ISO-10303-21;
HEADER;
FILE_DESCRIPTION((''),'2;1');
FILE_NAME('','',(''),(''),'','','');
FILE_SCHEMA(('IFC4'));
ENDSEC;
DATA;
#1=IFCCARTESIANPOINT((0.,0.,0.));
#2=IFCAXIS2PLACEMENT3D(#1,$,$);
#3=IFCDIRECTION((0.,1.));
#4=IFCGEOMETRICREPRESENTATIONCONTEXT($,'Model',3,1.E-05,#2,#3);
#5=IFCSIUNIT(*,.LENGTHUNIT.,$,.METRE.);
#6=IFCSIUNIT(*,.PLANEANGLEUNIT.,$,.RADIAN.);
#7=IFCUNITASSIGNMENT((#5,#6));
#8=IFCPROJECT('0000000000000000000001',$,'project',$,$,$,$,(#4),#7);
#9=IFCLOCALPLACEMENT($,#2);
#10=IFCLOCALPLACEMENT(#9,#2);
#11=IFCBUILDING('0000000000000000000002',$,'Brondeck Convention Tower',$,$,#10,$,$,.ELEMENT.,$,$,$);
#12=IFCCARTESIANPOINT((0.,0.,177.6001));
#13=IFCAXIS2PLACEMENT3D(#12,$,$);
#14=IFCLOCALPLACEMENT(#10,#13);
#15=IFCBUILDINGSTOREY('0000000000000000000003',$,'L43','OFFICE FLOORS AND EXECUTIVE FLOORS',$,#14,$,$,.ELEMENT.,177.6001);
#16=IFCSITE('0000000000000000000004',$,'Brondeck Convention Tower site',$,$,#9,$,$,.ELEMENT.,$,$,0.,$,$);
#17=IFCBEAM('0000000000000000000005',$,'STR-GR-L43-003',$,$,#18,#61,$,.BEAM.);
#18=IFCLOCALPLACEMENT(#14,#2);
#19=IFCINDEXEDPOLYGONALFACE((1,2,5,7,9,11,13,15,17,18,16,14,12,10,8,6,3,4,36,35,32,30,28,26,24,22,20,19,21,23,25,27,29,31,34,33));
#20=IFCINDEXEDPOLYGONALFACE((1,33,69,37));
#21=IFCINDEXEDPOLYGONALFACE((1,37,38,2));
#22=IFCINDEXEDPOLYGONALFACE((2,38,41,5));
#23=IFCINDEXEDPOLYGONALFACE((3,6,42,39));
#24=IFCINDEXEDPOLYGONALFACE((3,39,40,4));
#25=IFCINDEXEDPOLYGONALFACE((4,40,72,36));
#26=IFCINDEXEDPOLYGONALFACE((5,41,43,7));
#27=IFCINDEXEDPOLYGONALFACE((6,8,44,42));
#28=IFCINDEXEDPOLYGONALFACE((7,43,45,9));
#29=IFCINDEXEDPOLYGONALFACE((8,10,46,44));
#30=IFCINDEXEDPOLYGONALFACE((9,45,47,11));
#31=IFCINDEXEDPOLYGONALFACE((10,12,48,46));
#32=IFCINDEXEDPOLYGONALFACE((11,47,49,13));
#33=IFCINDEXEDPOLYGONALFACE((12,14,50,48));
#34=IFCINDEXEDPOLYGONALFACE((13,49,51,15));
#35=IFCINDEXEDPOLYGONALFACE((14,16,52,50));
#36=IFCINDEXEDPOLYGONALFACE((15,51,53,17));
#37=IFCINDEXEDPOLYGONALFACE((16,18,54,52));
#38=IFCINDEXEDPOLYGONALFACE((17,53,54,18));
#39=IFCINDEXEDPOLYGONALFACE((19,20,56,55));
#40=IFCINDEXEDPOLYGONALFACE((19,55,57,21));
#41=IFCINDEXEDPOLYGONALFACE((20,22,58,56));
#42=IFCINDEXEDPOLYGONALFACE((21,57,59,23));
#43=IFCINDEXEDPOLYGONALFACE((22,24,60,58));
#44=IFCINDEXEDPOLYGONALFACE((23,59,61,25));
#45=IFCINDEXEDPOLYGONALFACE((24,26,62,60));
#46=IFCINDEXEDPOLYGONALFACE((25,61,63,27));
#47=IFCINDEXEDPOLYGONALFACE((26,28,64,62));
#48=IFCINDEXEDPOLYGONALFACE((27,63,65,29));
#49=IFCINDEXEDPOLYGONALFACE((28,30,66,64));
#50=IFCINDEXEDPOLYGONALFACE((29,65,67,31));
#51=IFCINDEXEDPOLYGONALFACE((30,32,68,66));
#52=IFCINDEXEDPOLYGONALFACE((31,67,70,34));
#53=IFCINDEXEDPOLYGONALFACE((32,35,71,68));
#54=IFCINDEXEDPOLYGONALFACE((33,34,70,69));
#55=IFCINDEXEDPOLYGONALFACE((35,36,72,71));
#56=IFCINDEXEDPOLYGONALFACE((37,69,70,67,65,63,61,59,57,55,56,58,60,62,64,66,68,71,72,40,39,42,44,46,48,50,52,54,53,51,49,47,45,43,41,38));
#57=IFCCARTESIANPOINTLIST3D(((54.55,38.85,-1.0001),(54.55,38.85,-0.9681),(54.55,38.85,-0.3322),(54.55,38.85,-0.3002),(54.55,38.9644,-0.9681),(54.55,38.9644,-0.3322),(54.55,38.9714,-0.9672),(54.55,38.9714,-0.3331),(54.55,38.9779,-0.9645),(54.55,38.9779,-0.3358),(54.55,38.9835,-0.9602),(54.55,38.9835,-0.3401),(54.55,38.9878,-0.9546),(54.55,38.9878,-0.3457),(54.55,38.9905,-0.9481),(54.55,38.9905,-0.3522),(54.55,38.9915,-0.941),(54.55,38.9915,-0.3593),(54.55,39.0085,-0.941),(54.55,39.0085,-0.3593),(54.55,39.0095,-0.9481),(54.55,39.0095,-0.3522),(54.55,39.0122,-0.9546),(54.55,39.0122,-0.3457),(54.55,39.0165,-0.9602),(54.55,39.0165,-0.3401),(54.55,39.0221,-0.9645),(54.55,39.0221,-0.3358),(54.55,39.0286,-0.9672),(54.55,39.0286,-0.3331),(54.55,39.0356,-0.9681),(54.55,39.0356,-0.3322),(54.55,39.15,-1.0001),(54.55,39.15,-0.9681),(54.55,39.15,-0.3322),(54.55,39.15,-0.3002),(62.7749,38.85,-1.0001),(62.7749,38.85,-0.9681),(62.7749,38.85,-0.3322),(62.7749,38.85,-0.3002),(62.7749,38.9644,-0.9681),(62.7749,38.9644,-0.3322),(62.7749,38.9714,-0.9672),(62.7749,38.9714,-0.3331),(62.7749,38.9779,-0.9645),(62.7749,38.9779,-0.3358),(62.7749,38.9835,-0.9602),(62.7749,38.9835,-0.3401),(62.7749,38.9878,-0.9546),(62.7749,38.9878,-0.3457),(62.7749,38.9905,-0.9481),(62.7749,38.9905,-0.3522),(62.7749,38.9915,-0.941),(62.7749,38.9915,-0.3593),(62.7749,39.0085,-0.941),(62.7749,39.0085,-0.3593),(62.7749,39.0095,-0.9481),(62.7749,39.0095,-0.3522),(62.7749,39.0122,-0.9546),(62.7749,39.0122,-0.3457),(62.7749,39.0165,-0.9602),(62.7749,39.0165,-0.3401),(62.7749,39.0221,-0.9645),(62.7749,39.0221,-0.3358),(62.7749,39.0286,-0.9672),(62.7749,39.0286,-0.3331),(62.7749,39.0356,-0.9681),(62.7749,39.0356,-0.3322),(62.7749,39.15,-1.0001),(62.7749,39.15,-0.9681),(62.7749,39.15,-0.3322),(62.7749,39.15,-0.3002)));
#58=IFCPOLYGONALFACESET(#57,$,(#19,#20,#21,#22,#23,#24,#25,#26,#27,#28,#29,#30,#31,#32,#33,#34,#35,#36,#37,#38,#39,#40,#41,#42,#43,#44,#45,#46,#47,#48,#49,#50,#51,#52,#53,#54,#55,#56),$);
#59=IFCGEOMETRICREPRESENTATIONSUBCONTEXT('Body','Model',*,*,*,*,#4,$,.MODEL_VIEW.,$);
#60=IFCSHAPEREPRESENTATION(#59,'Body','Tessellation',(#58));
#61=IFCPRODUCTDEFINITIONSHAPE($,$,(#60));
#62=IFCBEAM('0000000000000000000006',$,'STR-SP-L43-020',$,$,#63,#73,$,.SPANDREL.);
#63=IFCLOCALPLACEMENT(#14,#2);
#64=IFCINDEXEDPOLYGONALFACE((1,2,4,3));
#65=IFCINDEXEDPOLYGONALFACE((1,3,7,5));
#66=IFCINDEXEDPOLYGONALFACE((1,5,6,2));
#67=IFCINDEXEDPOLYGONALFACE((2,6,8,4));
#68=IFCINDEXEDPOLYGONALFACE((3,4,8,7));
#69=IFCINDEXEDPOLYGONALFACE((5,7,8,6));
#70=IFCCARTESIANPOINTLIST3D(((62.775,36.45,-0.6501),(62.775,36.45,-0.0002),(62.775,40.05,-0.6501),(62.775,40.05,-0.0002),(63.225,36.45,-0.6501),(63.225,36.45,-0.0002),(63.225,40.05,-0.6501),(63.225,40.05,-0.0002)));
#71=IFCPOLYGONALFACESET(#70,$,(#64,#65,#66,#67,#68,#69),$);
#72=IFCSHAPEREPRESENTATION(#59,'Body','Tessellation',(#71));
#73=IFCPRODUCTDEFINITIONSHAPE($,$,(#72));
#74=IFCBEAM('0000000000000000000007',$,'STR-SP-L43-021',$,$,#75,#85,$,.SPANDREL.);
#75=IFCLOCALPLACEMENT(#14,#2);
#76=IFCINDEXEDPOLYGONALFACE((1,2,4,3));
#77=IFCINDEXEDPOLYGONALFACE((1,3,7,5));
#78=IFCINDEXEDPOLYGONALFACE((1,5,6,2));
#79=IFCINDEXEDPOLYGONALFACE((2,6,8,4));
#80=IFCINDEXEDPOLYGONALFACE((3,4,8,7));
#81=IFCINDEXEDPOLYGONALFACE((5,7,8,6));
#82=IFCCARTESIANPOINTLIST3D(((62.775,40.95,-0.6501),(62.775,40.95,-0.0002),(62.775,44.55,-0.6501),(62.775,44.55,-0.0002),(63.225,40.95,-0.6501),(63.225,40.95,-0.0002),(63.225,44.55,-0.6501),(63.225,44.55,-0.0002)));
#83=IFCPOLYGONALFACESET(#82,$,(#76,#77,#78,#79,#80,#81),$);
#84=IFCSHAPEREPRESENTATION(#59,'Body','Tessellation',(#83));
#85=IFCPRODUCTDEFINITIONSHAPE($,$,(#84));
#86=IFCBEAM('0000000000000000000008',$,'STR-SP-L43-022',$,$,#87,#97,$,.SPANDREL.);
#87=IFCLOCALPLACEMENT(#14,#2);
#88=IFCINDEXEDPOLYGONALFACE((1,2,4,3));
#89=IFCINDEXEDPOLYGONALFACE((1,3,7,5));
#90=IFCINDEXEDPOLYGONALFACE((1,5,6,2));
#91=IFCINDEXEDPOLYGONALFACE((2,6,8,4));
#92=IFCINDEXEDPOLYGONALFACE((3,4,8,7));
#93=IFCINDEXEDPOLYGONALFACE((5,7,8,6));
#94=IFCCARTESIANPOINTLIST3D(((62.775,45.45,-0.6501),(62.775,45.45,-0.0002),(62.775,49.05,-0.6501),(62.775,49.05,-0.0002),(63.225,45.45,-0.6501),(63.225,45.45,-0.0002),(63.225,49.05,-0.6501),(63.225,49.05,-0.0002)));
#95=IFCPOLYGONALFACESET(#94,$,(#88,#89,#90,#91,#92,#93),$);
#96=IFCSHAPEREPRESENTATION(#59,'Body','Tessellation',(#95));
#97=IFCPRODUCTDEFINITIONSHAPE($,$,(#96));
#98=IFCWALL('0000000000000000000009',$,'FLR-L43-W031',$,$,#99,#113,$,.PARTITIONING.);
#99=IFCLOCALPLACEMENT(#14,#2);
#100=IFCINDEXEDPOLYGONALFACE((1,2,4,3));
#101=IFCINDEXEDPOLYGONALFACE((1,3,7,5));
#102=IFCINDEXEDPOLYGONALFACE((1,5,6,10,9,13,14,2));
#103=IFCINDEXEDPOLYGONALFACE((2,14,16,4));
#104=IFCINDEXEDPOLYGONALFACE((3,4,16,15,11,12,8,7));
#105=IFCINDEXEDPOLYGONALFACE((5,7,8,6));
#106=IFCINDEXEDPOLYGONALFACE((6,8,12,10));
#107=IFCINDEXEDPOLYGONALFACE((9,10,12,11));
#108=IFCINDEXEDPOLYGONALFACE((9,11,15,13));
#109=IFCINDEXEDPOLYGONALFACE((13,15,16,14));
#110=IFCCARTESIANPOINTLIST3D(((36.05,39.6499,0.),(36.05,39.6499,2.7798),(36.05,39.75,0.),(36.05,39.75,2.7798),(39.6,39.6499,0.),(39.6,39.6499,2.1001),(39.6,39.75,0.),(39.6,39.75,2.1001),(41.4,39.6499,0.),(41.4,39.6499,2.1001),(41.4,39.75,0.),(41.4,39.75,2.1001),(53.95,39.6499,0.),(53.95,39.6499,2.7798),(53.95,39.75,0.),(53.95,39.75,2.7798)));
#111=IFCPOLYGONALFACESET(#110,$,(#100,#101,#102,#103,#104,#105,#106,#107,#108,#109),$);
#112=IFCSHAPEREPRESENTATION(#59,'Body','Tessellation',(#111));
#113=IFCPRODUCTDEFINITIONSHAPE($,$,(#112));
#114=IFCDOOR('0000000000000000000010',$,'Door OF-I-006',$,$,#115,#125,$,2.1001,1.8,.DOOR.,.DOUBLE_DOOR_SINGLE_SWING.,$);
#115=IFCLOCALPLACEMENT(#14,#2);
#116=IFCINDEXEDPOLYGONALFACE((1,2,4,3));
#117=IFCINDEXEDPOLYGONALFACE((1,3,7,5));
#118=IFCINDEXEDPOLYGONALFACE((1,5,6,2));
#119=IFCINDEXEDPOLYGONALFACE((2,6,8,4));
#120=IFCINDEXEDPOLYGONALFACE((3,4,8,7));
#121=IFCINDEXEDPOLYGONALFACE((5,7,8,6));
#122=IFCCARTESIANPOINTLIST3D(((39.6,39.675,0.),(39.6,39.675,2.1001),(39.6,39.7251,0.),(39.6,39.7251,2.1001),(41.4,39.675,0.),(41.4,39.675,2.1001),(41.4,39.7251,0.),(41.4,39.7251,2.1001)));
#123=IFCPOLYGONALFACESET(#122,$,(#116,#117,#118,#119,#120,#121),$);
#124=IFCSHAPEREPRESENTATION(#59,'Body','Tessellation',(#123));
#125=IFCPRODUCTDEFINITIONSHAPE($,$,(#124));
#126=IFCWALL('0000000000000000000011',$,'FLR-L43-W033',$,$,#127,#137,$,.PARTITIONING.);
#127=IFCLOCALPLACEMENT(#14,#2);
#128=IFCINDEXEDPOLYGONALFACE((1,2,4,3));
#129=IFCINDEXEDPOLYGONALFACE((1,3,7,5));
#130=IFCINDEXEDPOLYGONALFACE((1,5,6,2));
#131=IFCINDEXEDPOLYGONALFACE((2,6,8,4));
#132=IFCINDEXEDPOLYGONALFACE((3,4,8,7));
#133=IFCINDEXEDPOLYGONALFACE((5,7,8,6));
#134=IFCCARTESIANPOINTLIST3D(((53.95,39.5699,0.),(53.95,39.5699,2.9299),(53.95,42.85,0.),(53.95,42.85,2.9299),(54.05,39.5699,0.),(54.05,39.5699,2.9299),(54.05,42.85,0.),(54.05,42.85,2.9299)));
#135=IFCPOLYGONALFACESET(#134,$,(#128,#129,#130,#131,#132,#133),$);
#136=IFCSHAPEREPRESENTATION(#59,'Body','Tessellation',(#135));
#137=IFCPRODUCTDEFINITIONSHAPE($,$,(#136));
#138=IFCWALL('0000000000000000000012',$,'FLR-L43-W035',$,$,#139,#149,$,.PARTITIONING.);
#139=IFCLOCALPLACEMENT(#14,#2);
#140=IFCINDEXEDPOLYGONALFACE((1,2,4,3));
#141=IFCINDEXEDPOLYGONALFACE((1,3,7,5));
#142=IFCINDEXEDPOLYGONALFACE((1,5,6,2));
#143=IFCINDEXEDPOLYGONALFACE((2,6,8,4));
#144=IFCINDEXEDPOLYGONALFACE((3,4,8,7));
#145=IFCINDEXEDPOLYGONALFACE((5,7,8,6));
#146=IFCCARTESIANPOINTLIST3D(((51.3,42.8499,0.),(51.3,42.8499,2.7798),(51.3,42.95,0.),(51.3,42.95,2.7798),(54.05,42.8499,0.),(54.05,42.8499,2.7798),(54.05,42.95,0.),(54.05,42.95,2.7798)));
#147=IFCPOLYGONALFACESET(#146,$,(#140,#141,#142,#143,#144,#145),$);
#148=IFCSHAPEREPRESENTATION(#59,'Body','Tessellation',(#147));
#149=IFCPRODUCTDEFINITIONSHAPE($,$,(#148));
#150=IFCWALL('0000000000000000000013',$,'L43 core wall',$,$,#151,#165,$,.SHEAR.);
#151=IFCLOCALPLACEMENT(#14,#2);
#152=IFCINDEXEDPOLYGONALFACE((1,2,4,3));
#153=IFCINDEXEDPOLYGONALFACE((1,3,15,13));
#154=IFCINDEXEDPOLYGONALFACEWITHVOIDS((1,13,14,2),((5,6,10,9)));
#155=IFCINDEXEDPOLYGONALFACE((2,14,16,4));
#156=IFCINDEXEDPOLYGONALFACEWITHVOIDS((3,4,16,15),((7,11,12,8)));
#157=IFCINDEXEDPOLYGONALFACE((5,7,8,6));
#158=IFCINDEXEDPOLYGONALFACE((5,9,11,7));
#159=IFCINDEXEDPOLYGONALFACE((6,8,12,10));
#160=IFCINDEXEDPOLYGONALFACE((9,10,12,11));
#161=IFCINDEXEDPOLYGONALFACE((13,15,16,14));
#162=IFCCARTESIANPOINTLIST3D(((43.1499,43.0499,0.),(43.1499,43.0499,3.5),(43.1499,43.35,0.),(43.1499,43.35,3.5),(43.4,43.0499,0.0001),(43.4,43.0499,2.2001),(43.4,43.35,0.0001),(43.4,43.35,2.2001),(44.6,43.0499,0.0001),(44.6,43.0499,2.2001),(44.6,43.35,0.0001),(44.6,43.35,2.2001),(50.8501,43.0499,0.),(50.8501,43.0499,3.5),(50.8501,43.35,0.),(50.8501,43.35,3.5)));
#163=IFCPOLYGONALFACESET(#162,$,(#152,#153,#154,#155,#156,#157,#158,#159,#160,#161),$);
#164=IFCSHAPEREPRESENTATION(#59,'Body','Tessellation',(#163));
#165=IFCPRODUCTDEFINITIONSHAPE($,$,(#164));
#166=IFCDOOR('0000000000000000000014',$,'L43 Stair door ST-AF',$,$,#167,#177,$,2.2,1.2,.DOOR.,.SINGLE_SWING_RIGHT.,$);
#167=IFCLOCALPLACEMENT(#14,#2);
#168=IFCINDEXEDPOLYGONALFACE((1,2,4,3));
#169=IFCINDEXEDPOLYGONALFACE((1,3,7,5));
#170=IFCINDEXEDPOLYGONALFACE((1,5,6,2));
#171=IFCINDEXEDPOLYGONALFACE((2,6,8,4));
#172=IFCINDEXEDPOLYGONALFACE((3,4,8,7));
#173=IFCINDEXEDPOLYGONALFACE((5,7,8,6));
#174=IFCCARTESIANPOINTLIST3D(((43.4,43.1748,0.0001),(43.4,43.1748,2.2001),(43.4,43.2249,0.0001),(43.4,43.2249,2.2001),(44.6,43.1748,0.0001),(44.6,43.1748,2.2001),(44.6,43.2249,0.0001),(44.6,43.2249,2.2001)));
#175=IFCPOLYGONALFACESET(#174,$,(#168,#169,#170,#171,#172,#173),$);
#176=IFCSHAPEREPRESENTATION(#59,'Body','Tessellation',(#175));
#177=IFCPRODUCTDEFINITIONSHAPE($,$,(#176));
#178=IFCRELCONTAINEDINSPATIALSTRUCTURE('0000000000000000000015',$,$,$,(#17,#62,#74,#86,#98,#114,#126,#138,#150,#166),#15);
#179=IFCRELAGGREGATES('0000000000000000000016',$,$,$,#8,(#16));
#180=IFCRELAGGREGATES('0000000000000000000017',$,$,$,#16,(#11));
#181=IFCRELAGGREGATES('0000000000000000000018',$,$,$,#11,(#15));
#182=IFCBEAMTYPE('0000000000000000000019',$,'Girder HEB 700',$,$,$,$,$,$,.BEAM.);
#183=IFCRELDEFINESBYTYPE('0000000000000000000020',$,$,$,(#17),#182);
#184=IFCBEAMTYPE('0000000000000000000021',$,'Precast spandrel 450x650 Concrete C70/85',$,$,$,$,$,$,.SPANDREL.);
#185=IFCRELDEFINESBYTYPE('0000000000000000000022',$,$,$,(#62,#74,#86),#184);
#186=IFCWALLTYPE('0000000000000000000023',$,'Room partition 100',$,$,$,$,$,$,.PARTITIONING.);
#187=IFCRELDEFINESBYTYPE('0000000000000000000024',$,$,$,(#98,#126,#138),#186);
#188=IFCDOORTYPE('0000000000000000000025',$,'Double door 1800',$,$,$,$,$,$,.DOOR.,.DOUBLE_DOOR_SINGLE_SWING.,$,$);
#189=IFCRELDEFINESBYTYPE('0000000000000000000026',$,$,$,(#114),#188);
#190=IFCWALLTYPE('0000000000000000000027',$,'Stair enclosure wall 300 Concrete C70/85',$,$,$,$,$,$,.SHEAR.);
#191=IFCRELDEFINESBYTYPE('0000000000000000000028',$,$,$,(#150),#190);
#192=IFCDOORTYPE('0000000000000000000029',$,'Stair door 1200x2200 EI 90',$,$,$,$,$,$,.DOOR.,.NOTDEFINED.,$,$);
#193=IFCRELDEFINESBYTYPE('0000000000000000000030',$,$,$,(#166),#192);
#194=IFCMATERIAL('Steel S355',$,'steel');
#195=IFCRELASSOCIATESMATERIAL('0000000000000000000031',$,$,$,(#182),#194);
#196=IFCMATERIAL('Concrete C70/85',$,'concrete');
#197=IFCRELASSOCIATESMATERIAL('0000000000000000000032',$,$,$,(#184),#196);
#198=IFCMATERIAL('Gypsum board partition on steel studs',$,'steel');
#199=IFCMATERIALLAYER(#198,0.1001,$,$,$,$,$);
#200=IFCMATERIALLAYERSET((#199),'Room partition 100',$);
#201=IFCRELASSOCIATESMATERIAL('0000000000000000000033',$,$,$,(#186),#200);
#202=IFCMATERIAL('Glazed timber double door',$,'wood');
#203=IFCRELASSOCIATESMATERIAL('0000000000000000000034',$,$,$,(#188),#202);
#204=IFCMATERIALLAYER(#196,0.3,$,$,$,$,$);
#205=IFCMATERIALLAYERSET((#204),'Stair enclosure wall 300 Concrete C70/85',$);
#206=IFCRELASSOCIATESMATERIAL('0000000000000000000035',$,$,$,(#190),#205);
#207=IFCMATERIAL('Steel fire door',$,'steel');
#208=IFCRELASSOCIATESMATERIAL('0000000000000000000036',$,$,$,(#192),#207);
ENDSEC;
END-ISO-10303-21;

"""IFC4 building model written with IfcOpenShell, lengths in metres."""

from ifc_helpers import new_model, si_unit, direction, frame, frame_2d, origin, origin_2d, place, context, subcontext, project, spatial, rectangle, i_section, extrude, material, layer, layer_set, material_profile, profile_set, type_object, element, fill, save


model = new_model("IFC4")

# Units and contexts
model_context = context("Model", 3, precision=1e-05, world=origin(), true_north=direction((0.0, 1.0)))
body_context = subcontext(model_context, "Body", "Model", "MODEL_VIEW")
ifc_project = project(units=[si_unit("LENGTHUNIT", "METRE"), si_unit("PLANEANGLEUNIT", "RADIAN")], contexts=[model_context])

# Site, building, storey
site_placement = place(None, origin())
site = spatial("IfcSite", under=ifc_project, at=site_placement, Name="Brondeck Convention Tower site", CompositionType="ELEMENT", RefElevation=0.0)
building_placement = place(site_placement, origin())
building = spatial("IfcBuilding", under=site, at=building_placement, Name="Brondeck Convention Tower", CompositionType="ELEMENT")
storey_placement = place(building_placement, frame((0.0, 0.0, 177.6001)))
storey = spatial("IfcBuildingStorey", under=building, at=storey_placement, Name="L43", Description="OFFICE FLOORS AND EXECUTIVE FLOORS", CompositionType="ELEMENT", Elevation=177.6001)

# Shared definitions
ifc_material_1 = material(Name="Concrete C70/85", Category="concrete")

# Beams
ifc_material_2 = material(Name="Steel S355", Category="steel")
ifc_material_profile_1 = material_profile(ifc_material_2, i_section(OverallWidth=0.3, OverallDepth=0.7, WebThickness=0.0171, FlangeThickness=0.032, FilletRadius=0.0271, at=origin_2d()), Name="HEB 700")
ifc_profile_set_1 = profile_set([ifc_material_profile_1], Name="Steel S355")
beam_type_1 = type_object("IfcBeamType", Name="Girder HEB 700", PredefinedType="BEAM", material=ifc_profile_set_1)
beam_1_placement = place(storey_placement, frame((54.55, 39.0, -0.6501), z_axis=(1.0, 0.0, 0.0), x_axis=(0.0, 1.0, 0.0)))
element("IfcBeam", 1, at=beam_1_placement, inside=storey, type_object=beam_type_1, Name="STR-GR-L43-003", PredefinedType="BEAM", context=body_context, shape_type="SweptSolid", body=[
    extrude(i_section(OverallWidth=0.3, OverallDepth=0.7, WebThickness=0.0171, FlangeThickness=0.032, FilletRadius=0.0271, at=origin_2d()), origin(), (0.0, 0.0, 1.0), 8.2249),
])
ifc_material_profile_2 = material_profile(ifc_material_1, rectangle(XDim=0.45, YDim=0.6499, at=origin_2d()), Name="Precast spandrel 450x650 Concrete C70/85")
ifc_profile_set_2 = profile_set([ifc_material_profile_2], Name="Concrete C70/85")
beam_type_2 = type_object("IfcBeamType", Name="Precast spandrel 450x650 Concrete C70/85", PredefinedType="SPANDREL", material=ifc_profile_set_2)
for number, where, z_axis, x_axis, name in (
    (2, (63.0, 36.45, -0.3252), (0.0, 1.0, 0.0), (-1.0, 0.0, 0.0), "STR-SP-L43-020"),
    (3, (63.0, 40.95, -0.3252), (0.0, 1.0, 0.0), (-1.0, 0.0, 0.0), "STR-SP-L43-021"),
    (4, (63.0, 45.45, -0.3252), (0.0, 1.0, 0.0), (-1.0, 0.0, 0.0), "STR-SP-L43-022"),
):
    element("IfcBeam", number, at=place(storey_placement, frame(where, z_axis=z_axis, x_axis=x_axis)), inside=storey, type_object=beam_type_2, Name=name, PredefinedType="SPANDREL", context=body_context, shape_type="SweptSolid", body=[
        extrude(rectangle(XDim=0.45, YDim=0.6499, at=origin_2d()), origin(), (0.0, 0.0, 1.0), 3.6001),
    ])

# Wall, opening, door
ifc_material_3 = material(Name="Gypsum board partition on steel studs", Category="steel")
ifc_layer_1 = layer(ifc_material_3, 0.1001)
ifc_layer_set_1 = layer_set([ifc_layer_1], Name="Room partition 100")
wall_type_1 = type_object("IfcWallType", Name="Room partition 100", PredefinedType="PARTITIONING", material=ifc_layer_set_1)
wall_1_placement = place(storey_placement, frame((53.95, 39.7, 0.0), z_axis=(0.0, 0.0, 1.0), x_axis=(-1.0, 0.0, 0.0)))
wall_1 = element("IfcWall", 5, at=wall_1_placement, inside=storey, type_object=wall_type_1, Name="FLR-L43-W031", PredefinedType="PARTITIONING", context=body_context, shape_type="SweptSolid", body=[
    extrude(rectangle(XDim=17.8999, YDim=0.1001, at=frame_2d((8.95, 0.0))), origin(), (0.0, 0.0, 1.0), 2.7798),
])
opening_1_placement = place(wall_1_placement, frame((12.55, 0.0, 0.0)))
opening_1 = element("IfcOpeningElement", 6, at=opening_1_placement, cuts=wall_1, PredefinedType="OPENING", context=body_context, shape_type="SweptSolid", body=[
    extrude(rectangle(XDim=1.8, YDim=2.1001, at=frame_2d((0.8999, 1.05))), frame((0.0, 0.0601, 0.0), z_axis=(0.0, -1.0, 0.0), x_axis=(1.0, 0.0, 0.0)), (0.0, 0.0, 1.0), 0.1201),
])
ifc_material_4 = material(Name="Glazed timber double door", Category="wood")
door_type_1 = type_object("IfcDoorType", Name="Double door 1800", OperationType="DOUBLE_DOOR_SINGLE_SWING", PredefinedType="DOOR", material=ifc_material_4)
door_1_placement = place(opening_1_placement, origin())
door_1 = element("IfcDoor", 7, at=door_1_placement, inside=storey, type_object=door_type_1, Name="Door OF-I-006", OperationType="DOUBLE_DOOR_SINGLE_SWING", OverallHeight=2.1001, OverallWidth=1.8, PredefinedType="DOOR", context=body_context, shape_type="SweptSolid", body=[
    extrude(rectangle(XDim=1.8, YDim=2.1001, at=frame_2d((0.8999, 1.05))), frame((0.0, 0.0249, 0.0), z_axis=(0.0, -1.0, 0.0), x_axis=(1.0, 0.0, 0.0)), (0.0, 0.0, 1.0), 0.05),
])
fill(opening_1, door_1)

# Walls
wall_2_placement = place(storey_placement, frame((54.0, 42.8501, 0.0), z_axis=(0.0, 0.0, 1.0), x_axis=(0.0, -1.0, 0.0)))
element("IfcWall", 8, at=wall_2_placement, inside=storey, type_object=wall_type_1, Name="FLR-L43-W033", PredefinedType="PARTITIONING", context=body_context, shape_type="SweptSolid", body=[
    extrude(rectangle(XDim=3.28, YDim=0.1001, at=frame_2d((1.6401, 0.0))), origin(), (0.0, 0.0, 1.0), 2.9299),
])
wall_3_placement = place(storey_placement, frame((51.3, 42.8999, 0.0), z_axis=(0.0, 0.0, 1.0), x_axis=(1.0, 0.0, 0.0)))
element("IfcWall", 9, at=wall_3_placement, inside=storey, type_object=wall_type_1, Name="FLR-L43-W035", PredefinedType="PARTITIONING", context=body_context, shape_type="SweptSolid", body=[
    extrude(rectangle(XDim=2.75, YDim=0.1001, at=frame_2d((1.375, 0.0))), origin(), (0.0, 0.0, 1.0), 2.7798),
])

# Wall, opening, door
ifc_layer_2 = layer(ifc_material_1, 0.3)
ifc_layer_set_2 = layer_set([ifc_layer_2], Name="Stair enclosure wall 300 Concrete C70/85")
wall_type_2 = type_object("IfcWallType", Name="Stair enclosure wall 300 Concrete C70/85", PredefinedType="SHEAR", material=ifc_layer_set_2)
wall_4_placement = place(storey_placement, frame((43.1499, 43.2, 0.0), z_axis=(0.0, 0.0, 1.0), x_axis=(1.0, 0.0, 0.0)))
wall_4 = element("IfcWall", 10, at=wall_4_placement, inside=storey, type_object=wall_type_2, Name="L43 core wall", PredefinedType="SHEAR", context=body_context, shape_type="SweptSolid", body=[
    extrude(rectangle(XDim=7.7002, YDim=0.3, at=frame_2d((3.8501, 0.0))), origin(), (0.0, 0.0, 1.0), 3.5),
])
opening_2_placement = place(wall_4_placement, frame((0.25, 0.0, 0.0)))
opening_2 = element("IfcOpeningElement", 11, at=opening_2_placement, cuts=wall_4, PredefinedType="OPENING", context=body_context, shape_type="SweptSolid", body=[
    extrude(rectangle(XDim=1.2, YDim=2.2, at=frame_2d((0.6001, 1.1001))), frame((0.0, 0.1599, 0.0), z_axis=(0.0, -1.0, 0.0), x_axis=(1.0, 0.0, 0.0)), (0.0, 0.0, 1.0), 0.3201),
])
ifc_material_5 = material(Name="Steel fire door", Category="steel")
door_type_2 = type_object("IfcDoorType", Name="Stair door 1200x2200 EI 90", OperationType="NOTDEFINED", PredefinedType="DOOR", material=ifc_material_5)
door_2_placement = place(opening_2_placement, origin())
door_2 = element("IfcDoor", 12, at=door_2_placement, inside=storey, type_object=door_type_2, Name="L43 Stair door ST-AF", OperationType="SINGLE_SWING_RIGHT", OverallHeight=2.2, OverallWidth=1.2, PredefinedType="DOOR", context=body_context, shape_type="SweptSolid", body=[
    extrude(rectangle(XDim=1.2, YDim=2.2, at=frame_2d((0.6001, 1.1001))), frame((0.0, 0.0249, 0.0), z_axis=(0.0, -1.0, 0.0), x_axis=(1.0, 0.0, 0.0)), (0.0, 0.0, 1.0), 0.05),
])
fill(opening_2, door_2)

save(model, "model.ifc")
